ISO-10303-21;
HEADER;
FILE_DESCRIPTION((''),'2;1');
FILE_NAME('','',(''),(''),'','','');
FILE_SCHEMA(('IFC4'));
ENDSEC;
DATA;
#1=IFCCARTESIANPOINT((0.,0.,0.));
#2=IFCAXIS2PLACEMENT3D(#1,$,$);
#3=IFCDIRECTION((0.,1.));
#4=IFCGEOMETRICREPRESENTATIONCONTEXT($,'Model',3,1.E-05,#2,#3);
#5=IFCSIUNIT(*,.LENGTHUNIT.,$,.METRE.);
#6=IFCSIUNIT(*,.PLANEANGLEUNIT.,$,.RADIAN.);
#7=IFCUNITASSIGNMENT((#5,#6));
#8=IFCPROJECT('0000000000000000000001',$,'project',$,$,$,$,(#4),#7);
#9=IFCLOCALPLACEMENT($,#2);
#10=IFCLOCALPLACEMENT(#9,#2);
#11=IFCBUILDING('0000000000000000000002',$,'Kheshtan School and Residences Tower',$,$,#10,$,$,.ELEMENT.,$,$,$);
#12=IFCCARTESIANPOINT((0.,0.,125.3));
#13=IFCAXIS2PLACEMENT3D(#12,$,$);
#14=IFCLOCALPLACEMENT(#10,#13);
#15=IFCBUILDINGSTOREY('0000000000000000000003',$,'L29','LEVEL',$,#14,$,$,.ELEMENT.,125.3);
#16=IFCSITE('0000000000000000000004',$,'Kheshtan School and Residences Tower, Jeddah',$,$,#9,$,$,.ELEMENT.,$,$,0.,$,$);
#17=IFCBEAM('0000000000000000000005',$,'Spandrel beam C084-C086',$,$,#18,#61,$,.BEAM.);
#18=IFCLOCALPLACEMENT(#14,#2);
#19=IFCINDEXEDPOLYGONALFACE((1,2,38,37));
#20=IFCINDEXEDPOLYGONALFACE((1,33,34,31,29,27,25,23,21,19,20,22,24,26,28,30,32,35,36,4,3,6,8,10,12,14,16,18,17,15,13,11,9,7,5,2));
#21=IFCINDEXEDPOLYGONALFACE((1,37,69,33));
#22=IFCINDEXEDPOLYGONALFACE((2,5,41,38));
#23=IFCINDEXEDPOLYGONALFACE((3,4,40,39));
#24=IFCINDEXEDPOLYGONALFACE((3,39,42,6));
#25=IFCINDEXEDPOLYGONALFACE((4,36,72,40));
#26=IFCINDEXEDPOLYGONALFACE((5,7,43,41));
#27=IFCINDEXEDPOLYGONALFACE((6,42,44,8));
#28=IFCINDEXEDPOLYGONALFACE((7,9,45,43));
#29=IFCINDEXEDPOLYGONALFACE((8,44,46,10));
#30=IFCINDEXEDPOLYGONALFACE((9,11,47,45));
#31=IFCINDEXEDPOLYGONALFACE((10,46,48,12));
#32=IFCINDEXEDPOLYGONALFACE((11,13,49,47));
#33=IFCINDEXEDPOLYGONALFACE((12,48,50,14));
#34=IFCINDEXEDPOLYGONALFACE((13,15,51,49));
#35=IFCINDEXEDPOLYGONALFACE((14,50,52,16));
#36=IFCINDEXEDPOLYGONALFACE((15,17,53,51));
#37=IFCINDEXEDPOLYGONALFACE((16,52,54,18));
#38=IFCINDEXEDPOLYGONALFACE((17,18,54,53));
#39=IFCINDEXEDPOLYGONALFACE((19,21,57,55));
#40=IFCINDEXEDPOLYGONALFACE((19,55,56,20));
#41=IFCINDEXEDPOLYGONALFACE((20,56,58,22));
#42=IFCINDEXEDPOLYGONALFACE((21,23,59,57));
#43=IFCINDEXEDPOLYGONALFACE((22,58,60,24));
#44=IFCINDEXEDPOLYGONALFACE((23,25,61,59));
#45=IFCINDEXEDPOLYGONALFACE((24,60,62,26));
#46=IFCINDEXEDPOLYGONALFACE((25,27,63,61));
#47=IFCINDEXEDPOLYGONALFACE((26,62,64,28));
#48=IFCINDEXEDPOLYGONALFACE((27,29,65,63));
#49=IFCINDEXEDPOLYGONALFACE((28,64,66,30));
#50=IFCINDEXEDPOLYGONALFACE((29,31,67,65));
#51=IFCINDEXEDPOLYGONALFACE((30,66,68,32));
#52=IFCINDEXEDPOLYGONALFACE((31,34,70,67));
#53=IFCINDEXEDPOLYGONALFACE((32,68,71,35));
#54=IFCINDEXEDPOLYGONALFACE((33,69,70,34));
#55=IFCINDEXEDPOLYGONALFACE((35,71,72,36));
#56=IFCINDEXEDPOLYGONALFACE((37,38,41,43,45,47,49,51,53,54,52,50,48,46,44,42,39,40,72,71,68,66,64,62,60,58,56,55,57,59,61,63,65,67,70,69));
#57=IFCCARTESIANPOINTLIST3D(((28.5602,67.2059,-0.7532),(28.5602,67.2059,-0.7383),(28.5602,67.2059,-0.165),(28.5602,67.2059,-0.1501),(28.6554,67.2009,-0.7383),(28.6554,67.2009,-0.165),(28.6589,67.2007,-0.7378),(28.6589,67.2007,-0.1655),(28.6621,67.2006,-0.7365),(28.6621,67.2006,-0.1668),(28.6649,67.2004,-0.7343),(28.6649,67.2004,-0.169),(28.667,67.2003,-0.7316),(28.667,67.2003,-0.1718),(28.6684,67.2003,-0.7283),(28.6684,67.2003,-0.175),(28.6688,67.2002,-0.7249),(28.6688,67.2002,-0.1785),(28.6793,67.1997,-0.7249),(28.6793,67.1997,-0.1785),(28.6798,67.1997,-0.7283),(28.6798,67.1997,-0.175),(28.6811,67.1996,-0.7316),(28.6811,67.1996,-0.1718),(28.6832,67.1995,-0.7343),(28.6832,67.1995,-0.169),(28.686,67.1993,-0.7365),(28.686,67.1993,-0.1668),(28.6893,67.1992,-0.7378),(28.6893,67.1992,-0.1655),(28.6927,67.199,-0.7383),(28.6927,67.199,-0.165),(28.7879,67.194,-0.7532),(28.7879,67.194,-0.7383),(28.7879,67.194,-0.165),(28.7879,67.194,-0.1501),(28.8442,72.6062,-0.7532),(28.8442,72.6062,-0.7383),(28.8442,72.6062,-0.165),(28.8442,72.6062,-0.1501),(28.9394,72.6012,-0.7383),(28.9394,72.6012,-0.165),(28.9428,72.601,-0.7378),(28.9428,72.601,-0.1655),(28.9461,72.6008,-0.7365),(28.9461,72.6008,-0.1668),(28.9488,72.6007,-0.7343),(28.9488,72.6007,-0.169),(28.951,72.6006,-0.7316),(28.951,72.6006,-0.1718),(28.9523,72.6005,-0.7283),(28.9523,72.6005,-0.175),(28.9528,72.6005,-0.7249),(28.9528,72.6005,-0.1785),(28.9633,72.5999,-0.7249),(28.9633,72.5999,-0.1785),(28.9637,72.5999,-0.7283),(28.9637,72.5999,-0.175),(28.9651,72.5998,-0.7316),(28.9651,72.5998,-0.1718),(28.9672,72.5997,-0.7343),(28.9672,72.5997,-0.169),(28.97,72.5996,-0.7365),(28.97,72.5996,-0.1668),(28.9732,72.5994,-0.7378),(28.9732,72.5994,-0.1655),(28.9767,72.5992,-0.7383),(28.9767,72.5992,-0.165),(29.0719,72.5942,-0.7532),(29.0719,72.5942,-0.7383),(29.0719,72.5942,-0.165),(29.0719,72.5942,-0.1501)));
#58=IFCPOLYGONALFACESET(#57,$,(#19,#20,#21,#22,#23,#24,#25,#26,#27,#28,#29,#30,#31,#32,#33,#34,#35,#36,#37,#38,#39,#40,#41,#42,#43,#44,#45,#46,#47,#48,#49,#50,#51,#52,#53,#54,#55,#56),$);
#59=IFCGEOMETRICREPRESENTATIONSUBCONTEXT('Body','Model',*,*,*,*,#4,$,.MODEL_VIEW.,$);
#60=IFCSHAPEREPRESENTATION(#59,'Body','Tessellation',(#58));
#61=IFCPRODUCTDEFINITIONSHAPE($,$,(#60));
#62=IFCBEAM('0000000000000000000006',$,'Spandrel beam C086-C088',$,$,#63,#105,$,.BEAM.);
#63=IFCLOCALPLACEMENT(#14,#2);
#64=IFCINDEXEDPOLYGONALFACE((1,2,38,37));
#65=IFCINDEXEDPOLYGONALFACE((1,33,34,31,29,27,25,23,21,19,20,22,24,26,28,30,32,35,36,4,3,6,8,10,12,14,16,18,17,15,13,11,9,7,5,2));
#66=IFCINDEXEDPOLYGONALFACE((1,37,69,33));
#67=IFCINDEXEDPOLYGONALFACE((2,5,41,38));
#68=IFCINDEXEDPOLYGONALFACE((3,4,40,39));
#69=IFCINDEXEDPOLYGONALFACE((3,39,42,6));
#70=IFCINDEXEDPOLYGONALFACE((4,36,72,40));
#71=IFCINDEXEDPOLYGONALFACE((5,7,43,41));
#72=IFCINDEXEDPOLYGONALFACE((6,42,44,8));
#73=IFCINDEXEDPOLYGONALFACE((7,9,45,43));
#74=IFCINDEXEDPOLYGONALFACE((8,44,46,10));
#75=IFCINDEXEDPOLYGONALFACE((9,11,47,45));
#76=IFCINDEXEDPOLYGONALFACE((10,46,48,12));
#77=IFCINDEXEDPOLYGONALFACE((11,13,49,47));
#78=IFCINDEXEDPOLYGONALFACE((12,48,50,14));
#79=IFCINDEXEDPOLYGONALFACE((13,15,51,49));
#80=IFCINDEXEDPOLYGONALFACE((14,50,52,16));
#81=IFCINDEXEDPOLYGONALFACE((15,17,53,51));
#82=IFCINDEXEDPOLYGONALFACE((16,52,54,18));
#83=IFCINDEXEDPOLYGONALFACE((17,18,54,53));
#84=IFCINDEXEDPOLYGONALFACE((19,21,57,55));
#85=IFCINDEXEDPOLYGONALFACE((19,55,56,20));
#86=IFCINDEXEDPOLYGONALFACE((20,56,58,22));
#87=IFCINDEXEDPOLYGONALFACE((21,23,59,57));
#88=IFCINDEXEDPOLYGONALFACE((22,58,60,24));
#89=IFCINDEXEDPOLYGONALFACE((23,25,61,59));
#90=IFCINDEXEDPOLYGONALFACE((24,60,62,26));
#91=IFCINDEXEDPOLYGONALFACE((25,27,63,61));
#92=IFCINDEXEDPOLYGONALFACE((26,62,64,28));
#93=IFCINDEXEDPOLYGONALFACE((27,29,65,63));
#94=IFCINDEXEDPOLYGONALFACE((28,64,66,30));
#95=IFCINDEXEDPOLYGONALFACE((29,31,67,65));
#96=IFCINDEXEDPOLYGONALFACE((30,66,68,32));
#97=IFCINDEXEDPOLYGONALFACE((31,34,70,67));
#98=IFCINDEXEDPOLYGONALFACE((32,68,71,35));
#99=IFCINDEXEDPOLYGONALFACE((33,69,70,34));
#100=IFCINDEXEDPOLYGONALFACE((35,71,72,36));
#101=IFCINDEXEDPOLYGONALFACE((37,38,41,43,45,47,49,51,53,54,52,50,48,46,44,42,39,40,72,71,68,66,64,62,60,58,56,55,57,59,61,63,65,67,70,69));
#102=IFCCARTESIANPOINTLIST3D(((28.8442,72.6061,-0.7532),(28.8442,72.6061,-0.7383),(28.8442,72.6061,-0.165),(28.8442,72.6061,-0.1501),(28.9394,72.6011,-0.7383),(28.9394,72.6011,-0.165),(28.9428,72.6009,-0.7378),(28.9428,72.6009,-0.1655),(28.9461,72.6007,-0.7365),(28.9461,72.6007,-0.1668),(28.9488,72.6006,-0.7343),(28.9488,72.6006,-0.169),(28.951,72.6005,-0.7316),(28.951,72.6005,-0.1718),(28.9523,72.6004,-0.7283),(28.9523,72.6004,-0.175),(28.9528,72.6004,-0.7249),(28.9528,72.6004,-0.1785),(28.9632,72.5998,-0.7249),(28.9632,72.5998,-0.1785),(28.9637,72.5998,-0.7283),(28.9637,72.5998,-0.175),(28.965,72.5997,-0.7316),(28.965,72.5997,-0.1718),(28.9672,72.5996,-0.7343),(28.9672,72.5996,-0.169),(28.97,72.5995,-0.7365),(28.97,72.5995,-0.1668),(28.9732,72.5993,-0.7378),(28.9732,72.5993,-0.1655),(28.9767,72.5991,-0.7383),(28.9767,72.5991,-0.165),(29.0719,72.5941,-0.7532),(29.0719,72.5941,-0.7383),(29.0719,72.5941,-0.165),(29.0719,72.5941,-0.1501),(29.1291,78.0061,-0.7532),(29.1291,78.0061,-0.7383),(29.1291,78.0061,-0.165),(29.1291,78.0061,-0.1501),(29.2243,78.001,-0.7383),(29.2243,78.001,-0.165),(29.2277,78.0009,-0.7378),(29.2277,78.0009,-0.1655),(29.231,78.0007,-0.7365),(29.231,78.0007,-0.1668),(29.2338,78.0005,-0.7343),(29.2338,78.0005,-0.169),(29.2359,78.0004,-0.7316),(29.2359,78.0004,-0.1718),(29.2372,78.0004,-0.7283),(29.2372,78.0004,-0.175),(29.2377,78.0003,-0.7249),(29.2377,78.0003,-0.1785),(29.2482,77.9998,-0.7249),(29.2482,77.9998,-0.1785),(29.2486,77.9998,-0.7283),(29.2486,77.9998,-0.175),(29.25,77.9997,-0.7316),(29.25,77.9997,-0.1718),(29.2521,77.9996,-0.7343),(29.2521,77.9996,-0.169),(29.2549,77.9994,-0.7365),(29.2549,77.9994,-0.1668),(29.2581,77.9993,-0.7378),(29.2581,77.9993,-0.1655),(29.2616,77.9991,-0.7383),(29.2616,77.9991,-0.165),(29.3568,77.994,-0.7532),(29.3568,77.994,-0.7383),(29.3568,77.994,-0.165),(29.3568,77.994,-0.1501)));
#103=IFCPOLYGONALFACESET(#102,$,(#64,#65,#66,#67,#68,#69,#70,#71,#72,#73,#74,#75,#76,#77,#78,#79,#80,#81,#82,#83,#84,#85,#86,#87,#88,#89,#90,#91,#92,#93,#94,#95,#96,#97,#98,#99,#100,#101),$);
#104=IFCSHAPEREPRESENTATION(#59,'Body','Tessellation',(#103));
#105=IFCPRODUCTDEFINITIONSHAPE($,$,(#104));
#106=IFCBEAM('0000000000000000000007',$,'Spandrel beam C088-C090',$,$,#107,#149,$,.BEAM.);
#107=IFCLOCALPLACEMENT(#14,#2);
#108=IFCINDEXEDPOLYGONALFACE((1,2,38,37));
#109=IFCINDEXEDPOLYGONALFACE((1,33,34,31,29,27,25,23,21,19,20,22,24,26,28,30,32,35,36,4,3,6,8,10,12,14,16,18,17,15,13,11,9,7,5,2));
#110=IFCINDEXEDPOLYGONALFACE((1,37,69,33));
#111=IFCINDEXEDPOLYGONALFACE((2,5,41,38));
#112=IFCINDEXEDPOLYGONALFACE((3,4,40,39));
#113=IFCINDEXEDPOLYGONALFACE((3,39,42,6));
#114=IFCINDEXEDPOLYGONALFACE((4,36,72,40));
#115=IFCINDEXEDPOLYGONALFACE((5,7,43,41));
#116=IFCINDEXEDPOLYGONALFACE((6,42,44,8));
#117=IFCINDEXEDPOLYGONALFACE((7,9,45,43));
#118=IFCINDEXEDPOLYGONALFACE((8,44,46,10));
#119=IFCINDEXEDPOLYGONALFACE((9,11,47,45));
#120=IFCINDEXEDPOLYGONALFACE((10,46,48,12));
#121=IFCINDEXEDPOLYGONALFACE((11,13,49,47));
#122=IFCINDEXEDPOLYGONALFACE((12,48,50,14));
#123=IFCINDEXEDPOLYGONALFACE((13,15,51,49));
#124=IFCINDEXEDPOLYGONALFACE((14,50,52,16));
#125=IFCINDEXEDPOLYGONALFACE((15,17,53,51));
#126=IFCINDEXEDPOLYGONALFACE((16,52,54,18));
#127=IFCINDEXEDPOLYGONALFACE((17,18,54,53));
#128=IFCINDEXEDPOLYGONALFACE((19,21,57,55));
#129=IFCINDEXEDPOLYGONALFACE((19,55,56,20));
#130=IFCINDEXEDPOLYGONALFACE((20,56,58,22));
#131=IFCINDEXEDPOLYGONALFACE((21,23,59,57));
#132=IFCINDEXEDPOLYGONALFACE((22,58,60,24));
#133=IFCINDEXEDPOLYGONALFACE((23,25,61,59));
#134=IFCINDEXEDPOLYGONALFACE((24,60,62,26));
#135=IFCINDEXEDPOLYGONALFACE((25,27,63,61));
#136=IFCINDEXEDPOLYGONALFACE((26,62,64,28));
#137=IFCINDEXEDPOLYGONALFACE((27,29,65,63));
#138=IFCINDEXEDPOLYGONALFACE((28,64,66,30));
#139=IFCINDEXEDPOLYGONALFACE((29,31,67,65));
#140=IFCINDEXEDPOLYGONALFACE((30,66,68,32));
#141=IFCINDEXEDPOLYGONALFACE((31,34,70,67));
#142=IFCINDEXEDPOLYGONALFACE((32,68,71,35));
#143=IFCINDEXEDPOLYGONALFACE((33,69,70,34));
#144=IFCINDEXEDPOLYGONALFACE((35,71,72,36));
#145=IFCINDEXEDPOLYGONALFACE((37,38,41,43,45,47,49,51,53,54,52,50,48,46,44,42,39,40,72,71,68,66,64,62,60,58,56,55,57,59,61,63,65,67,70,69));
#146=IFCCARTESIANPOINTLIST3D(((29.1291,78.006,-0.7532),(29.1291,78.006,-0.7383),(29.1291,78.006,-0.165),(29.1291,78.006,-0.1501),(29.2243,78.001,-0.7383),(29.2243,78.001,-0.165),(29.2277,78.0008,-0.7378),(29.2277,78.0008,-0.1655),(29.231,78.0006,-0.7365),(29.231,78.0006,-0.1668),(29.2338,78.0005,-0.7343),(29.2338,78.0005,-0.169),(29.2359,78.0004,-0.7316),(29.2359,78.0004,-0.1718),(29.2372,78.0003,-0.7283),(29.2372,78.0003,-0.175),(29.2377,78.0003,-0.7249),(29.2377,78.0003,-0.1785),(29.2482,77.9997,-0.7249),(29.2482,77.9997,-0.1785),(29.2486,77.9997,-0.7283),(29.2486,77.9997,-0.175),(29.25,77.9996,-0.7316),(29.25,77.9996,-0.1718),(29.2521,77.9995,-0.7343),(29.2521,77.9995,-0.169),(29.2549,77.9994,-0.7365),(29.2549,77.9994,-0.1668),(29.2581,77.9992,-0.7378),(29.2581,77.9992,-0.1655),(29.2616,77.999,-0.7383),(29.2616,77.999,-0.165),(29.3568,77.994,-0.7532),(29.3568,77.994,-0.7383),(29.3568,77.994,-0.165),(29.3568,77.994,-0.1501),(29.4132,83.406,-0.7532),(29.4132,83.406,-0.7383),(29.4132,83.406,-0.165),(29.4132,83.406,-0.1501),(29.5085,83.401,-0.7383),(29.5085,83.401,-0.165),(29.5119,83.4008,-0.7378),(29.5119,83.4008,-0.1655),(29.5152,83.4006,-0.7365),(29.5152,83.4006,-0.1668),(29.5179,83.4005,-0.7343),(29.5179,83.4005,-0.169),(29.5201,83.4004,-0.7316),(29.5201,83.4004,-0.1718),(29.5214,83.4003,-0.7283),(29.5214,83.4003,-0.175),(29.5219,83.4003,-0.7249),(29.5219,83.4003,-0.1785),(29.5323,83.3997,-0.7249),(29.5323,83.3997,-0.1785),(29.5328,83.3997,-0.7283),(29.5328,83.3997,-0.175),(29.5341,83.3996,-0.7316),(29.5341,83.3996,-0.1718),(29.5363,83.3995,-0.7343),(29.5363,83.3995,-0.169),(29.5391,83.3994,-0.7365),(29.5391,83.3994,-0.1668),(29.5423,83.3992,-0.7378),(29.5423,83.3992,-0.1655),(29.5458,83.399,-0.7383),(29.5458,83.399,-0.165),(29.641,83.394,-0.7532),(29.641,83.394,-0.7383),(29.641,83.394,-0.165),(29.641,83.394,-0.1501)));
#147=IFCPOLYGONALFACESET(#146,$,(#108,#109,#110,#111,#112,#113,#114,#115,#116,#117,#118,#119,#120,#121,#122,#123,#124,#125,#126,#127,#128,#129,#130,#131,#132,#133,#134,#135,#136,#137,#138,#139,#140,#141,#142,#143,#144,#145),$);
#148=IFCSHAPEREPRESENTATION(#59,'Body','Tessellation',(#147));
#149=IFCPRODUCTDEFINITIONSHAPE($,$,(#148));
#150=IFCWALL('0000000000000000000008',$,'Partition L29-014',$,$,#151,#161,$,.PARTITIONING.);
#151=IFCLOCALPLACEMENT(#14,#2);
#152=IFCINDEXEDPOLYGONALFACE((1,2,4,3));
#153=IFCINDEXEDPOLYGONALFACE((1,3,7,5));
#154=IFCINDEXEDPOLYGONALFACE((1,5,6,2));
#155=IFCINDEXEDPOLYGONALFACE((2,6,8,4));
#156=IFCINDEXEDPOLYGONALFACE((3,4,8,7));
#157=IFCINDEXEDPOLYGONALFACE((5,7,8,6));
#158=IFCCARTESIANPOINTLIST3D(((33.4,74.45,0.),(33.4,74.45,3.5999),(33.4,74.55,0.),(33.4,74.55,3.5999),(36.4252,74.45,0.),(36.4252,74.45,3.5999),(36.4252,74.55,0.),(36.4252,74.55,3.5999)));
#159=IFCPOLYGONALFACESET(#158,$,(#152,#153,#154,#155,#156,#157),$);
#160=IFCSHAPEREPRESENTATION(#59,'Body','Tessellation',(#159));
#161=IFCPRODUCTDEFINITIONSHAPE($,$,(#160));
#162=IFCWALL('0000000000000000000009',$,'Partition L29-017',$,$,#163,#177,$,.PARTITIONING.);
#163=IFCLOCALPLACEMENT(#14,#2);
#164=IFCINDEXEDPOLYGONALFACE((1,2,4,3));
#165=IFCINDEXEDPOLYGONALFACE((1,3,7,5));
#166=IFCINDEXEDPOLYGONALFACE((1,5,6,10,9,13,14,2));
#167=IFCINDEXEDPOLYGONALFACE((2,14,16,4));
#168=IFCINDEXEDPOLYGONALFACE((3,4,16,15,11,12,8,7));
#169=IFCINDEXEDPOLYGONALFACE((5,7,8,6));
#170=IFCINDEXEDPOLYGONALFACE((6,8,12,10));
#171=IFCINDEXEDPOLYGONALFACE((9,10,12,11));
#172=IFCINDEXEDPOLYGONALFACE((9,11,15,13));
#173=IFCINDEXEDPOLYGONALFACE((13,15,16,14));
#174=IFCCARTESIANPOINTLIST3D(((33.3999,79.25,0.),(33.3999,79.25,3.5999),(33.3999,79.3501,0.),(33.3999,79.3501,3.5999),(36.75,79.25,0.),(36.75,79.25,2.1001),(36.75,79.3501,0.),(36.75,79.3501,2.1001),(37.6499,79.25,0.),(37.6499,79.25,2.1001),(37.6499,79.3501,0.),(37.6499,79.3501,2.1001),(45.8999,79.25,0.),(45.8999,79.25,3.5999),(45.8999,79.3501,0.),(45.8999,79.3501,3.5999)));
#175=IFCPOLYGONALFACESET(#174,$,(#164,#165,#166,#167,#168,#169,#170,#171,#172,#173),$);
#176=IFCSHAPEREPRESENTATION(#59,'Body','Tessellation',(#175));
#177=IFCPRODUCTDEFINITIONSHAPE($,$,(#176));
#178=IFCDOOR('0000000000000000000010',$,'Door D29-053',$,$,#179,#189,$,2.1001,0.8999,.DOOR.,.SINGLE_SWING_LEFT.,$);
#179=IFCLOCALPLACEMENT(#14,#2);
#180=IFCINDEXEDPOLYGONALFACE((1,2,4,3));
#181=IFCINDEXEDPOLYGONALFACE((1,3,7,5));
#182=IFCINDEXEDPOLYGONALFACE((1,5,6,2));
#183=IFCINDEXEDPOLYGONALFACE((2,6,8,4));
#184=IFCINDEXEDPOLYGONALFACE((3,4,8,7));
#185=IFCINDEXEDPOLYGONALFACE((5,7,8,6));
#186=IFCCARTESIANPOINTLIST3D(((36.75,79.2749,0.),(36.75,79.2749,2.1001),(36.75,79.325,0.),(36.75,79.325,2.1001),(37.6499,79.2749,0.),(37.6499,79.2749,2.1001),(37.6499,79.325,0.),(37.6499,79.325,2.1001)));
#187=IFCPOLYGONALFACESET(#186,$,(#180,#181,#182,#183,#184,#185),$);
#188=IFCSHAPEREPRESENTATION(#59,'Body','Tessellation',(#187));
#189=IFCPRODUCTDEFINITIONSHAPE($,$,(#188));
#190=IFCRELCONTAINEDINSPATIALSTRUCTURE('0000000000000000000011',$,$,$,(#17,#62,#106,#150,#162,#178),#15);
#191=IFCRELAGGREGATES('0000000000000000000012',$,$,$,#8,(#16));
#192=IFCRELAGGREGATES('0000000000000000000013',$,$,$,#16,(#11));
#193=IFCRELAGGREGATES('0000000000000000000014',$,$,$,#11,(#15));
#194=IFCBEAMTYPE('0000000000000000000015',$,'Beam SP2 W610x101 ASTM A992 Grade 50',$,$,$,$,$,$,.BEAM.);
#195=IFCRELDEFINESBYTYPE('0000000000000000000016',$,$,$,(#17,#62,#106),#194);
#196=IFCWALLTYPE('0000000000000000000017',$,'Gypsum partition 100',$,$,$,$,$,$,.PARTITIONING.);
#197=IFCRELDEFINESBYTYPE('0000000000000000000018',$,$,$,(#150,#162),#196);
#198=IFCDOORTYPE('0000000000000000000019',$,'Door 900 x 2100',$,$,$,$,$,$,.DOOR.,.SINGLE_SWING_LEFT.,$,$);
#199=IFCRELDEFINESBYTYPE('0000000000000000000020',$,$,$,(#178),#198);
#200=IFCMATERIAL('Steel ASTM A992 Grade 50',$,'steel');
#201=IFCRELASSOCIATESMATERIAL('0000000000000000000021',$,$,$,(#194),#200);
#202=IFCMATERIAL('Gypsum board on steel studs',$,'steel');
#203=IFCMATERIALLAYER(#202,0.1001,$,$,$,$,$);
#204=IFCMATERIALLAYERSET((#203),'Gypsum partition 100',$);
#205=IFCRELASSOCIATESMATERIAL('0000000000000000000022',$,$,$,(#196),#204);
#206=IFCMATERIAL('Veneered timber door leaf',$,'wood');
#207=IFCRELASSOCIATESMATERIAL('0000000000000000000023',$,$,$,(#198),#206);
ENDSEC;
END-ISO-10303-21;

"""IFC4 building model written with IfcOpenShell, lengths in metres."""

from ifc_helpers import new_model, si_unit, direction, frame, frame_2d, origin, origin_2d, place, context, subcontext, project, spatial, rectangle, i_section, extrude, source, transform, mapped, material, layer, layer_set, material_profile, profile_set, type_object, element, fill, save


model = new_model("IFC4")

# Units and contexts
model_context = context("Model", 3, precision=1e-05, world=origin(), true_north=direction((0.0, 1.0)))
body_context = subcontext(model_context, "Body", "Model", "MODEL_VIEW")
ifc_project = project(units=[si_unit("LENGTHUNIT", "METRE"), si_unit("PLANEANGLEUNIT", "RADIAN")], contexts=[model_context])

# Site, building, storey
site_placement = place(None, origin())
site = spatial("IfcSite", under=ifc_project, at=site_placement, Name="Kheshtan School and Residences Tower, Jeddah", CompositionType="ELEMENT", RefElevation=0.0)
building_placement = place(site_placement, origin())
building = spatial("IfcBuilding", under=site, at=building_placement, Name="Kheshtan School and Residences Tower", CompositionType="ELEMENT")
storey_placement = place(building_placement, frame((0.0, 0.0, 125.3)))
storey = spatial("IfcBuildingStorey", under=building, at=storey_placement, Name="L29", Description="LEVEL", CompositionType="ELEMENT", Elevation=125.3)

# Shared definitions
ifc_material_1 = material(Name="Steel ASTM A992 Grade 50", Category="steel")

# Beams
ifc_material_profile_1 = material_profile(ifc_material_1, i_section(OverallWidth=0.228, OverallDepth=0.603, WebThickness=0.0105, FlangeThickness=0.0149, FilletRadius=0.0134, at=origin_2d()), Name="W610x101")
ifc_profile_set_1 = profile_set([ifc_material_profile_1], Name="Steel ASTM A992 Grade 50")
beam_type_1 = type_object("IfcBeamType", Name="Beam SP2 W610x101 ASTM A992 Grade 50", PredefinedType="BEAM", material=ifc_profile_set_1)
beam_1_placement = place(storey_placement, frame((28.6741, 67.2, -0.4517), z_axis=(0.052507, 0.998621, 0.0), x_axis=(-0.998621, 0.052507, 0.0)))
element("IfcBeam", 1, at=beam_1_placement, inside=storey, type_object=beam_type_1, Name="Spandrel beam C084-C086", PredefinedType="BEAM", context=body_context, shape_type="SweptSolid", body=[
    extrude(i_section(OverallWidth=0.228, OverallDepth=0.603, WebThickness=0.0105, FlangeThickness=0.0149, FilletRadius=0.0134, at=origin_2d()), origin(), (0.0, 0.0, 1.0), 5.4077),
])
for number, where, z_axis, x_axis, name in (
    (2, (28.958, 72.6001, -0.4517), (0.052689, 0.998611, 0.0), (-0.998611, 0.052689, 0.0), "Spandrel beam C086-C088"),
    (3, (29.2429, 78.0, -0.4517), (0.052554, 0.998618, 0.0), (-0.998618, 0.052554, 0.0), "Spandrel beam C088-C090"),
):
    element("IfcBeam", number, at=place(storey_placement, frame(where, z_axis=z_axis, x_axis=x_axis)), inside=storey, type_object=beam_type_1, Name=name, PredefinedType="BEAM", context=body_context, shape_type="SweptSolid", body=[
        extrude(i_section(OverallWidth=0.228, OverallDepth=0.603, WebThickness=0.0105, FlangeThickness=0.0149, FilletRadius=0.0134, at=origin_2d()), origin(), (0.0, 0.0, 1.0), 5.4075),
    ])

# Wall
ifc_material_2 = material(Name="Gypsum board on steel studs", Category="steel")
ifc_layer_1 = layer(ifc_material_2, 0.1001)
ifc_layer_set_1 = layer_set([ifc_layer_1], Name="Gypsum partition 100")
wall_type_1 = type_object("IfcWallType", Name="Gypsum partition 100", PredefinedType="PARTITIONING", material=ifc_layer_set_1)
wall_1_placement = place(storey_placement, frame((33.3999, 74.5, 0.0), z_axis=(0.0, 0.0, 1.0), x_axis=(1.0, 0.0, 0.0)))
element("IfcWall", 4, at=wall_1_placement, inside=storey, type_object=wall_type_1, Name="Partition L29-014", PredefinedType="PARTITIONING", context=body_context, shape_type="SweptSolid", body=[
    extrude(rectangle(XDim=3.0251, YDim=0.1001, at=frame_2d((1.5127, 0.0))), origin(), (0.0, 0.0, 1.0), 3.5999),
])

# Wall, opening, door
wall_2_placement = place(storey_placement, frame((33.3999, 79.3, 0.0), z_axis=(0.0, 0.0, 1.0), x_axis=(1.0, 0.0, 0.0)))
wall_2 = element("IfcWall", 5, at=wall_2_placement, inside=storey, type_object=wall_type_1, Name="Partition L29-017", PredefinedType="PARTITIONING", context=body_context, shape_type="SweptSolid", body=[
    extrude(rectangle(XDim=12.5, YDim=0.1001, at=frame_2d((6.25, 0.0))), origin(), (0.0, 0.0, 1.0), 3.5999),
])
opening_1_placement = place(wall_2_placement, frame((3.3501, 0.0, 0.0)))
opening_1 = element("IfcOpeningElement", 6, at=opening_1_placement, cuts=wall_2, PredefinedType="OPENING", context=body_context, shape_type="SweptSolid", body=[
    extrude(rectangle(XDim=0.8999, YDim=2.1001, at=frame_2d((0.45, 1.05))), frame((0.0, 0.0601, 0.0), z_axis=(0.0, -1.0, 0.0), x_axis=(1.0, 0.0, 0.0)), (0.0, 0.0, 1.0), 0.1201),
])
ifc_material_3 = material(Name="Veneered timber door leaf", Category="wood")
door_type_1 = type_object("IfcDoorType", Name="Door 900 x 2100", OperationType="SINGLE_SWING_LEFT", PredefinedType="DOOR", material=ifc_material_3)
shared_shape_1 = source(origin(), body_context, "Body", "SweptSolid", [
    extrude(rectangle(XDim=0.8999, YDim=2.1001, at=frame_2d((0.45, 1.05))), frame((0.0, 0.0249, 0.0), z_axis=(0.0, -1.0, 0.0), x_axis=(1.0, 0.0, 0.0)), (0.0, 0.0, 1.0), 0.05),
])
door_1_placement = place(opening_1_placement, origin())
door_1 = element("IfcDoor", 7, at=door_1_placement, inside=storey, type_object=door_type_1, Name="Door D29-053", OperationType="SINGLE_SWING_LEFT", OverallHeight=2.1001, OverallWidth=0.8999, PredefinedType="DOOR", context=body_context, shape_type="MappedRepresentation", body=[
    mapped(shared_shape_1, transform((0.0, 0.0, 0.0), x_axis=(1.0, 0.0, 0.0), y_axis=(0.0, 1.0, 0.0), z_axis=(0.0, 0.0, 1.0), scale=1.0)),
])
fill(opening_1, door_1)

save(model, "model.ifc")
